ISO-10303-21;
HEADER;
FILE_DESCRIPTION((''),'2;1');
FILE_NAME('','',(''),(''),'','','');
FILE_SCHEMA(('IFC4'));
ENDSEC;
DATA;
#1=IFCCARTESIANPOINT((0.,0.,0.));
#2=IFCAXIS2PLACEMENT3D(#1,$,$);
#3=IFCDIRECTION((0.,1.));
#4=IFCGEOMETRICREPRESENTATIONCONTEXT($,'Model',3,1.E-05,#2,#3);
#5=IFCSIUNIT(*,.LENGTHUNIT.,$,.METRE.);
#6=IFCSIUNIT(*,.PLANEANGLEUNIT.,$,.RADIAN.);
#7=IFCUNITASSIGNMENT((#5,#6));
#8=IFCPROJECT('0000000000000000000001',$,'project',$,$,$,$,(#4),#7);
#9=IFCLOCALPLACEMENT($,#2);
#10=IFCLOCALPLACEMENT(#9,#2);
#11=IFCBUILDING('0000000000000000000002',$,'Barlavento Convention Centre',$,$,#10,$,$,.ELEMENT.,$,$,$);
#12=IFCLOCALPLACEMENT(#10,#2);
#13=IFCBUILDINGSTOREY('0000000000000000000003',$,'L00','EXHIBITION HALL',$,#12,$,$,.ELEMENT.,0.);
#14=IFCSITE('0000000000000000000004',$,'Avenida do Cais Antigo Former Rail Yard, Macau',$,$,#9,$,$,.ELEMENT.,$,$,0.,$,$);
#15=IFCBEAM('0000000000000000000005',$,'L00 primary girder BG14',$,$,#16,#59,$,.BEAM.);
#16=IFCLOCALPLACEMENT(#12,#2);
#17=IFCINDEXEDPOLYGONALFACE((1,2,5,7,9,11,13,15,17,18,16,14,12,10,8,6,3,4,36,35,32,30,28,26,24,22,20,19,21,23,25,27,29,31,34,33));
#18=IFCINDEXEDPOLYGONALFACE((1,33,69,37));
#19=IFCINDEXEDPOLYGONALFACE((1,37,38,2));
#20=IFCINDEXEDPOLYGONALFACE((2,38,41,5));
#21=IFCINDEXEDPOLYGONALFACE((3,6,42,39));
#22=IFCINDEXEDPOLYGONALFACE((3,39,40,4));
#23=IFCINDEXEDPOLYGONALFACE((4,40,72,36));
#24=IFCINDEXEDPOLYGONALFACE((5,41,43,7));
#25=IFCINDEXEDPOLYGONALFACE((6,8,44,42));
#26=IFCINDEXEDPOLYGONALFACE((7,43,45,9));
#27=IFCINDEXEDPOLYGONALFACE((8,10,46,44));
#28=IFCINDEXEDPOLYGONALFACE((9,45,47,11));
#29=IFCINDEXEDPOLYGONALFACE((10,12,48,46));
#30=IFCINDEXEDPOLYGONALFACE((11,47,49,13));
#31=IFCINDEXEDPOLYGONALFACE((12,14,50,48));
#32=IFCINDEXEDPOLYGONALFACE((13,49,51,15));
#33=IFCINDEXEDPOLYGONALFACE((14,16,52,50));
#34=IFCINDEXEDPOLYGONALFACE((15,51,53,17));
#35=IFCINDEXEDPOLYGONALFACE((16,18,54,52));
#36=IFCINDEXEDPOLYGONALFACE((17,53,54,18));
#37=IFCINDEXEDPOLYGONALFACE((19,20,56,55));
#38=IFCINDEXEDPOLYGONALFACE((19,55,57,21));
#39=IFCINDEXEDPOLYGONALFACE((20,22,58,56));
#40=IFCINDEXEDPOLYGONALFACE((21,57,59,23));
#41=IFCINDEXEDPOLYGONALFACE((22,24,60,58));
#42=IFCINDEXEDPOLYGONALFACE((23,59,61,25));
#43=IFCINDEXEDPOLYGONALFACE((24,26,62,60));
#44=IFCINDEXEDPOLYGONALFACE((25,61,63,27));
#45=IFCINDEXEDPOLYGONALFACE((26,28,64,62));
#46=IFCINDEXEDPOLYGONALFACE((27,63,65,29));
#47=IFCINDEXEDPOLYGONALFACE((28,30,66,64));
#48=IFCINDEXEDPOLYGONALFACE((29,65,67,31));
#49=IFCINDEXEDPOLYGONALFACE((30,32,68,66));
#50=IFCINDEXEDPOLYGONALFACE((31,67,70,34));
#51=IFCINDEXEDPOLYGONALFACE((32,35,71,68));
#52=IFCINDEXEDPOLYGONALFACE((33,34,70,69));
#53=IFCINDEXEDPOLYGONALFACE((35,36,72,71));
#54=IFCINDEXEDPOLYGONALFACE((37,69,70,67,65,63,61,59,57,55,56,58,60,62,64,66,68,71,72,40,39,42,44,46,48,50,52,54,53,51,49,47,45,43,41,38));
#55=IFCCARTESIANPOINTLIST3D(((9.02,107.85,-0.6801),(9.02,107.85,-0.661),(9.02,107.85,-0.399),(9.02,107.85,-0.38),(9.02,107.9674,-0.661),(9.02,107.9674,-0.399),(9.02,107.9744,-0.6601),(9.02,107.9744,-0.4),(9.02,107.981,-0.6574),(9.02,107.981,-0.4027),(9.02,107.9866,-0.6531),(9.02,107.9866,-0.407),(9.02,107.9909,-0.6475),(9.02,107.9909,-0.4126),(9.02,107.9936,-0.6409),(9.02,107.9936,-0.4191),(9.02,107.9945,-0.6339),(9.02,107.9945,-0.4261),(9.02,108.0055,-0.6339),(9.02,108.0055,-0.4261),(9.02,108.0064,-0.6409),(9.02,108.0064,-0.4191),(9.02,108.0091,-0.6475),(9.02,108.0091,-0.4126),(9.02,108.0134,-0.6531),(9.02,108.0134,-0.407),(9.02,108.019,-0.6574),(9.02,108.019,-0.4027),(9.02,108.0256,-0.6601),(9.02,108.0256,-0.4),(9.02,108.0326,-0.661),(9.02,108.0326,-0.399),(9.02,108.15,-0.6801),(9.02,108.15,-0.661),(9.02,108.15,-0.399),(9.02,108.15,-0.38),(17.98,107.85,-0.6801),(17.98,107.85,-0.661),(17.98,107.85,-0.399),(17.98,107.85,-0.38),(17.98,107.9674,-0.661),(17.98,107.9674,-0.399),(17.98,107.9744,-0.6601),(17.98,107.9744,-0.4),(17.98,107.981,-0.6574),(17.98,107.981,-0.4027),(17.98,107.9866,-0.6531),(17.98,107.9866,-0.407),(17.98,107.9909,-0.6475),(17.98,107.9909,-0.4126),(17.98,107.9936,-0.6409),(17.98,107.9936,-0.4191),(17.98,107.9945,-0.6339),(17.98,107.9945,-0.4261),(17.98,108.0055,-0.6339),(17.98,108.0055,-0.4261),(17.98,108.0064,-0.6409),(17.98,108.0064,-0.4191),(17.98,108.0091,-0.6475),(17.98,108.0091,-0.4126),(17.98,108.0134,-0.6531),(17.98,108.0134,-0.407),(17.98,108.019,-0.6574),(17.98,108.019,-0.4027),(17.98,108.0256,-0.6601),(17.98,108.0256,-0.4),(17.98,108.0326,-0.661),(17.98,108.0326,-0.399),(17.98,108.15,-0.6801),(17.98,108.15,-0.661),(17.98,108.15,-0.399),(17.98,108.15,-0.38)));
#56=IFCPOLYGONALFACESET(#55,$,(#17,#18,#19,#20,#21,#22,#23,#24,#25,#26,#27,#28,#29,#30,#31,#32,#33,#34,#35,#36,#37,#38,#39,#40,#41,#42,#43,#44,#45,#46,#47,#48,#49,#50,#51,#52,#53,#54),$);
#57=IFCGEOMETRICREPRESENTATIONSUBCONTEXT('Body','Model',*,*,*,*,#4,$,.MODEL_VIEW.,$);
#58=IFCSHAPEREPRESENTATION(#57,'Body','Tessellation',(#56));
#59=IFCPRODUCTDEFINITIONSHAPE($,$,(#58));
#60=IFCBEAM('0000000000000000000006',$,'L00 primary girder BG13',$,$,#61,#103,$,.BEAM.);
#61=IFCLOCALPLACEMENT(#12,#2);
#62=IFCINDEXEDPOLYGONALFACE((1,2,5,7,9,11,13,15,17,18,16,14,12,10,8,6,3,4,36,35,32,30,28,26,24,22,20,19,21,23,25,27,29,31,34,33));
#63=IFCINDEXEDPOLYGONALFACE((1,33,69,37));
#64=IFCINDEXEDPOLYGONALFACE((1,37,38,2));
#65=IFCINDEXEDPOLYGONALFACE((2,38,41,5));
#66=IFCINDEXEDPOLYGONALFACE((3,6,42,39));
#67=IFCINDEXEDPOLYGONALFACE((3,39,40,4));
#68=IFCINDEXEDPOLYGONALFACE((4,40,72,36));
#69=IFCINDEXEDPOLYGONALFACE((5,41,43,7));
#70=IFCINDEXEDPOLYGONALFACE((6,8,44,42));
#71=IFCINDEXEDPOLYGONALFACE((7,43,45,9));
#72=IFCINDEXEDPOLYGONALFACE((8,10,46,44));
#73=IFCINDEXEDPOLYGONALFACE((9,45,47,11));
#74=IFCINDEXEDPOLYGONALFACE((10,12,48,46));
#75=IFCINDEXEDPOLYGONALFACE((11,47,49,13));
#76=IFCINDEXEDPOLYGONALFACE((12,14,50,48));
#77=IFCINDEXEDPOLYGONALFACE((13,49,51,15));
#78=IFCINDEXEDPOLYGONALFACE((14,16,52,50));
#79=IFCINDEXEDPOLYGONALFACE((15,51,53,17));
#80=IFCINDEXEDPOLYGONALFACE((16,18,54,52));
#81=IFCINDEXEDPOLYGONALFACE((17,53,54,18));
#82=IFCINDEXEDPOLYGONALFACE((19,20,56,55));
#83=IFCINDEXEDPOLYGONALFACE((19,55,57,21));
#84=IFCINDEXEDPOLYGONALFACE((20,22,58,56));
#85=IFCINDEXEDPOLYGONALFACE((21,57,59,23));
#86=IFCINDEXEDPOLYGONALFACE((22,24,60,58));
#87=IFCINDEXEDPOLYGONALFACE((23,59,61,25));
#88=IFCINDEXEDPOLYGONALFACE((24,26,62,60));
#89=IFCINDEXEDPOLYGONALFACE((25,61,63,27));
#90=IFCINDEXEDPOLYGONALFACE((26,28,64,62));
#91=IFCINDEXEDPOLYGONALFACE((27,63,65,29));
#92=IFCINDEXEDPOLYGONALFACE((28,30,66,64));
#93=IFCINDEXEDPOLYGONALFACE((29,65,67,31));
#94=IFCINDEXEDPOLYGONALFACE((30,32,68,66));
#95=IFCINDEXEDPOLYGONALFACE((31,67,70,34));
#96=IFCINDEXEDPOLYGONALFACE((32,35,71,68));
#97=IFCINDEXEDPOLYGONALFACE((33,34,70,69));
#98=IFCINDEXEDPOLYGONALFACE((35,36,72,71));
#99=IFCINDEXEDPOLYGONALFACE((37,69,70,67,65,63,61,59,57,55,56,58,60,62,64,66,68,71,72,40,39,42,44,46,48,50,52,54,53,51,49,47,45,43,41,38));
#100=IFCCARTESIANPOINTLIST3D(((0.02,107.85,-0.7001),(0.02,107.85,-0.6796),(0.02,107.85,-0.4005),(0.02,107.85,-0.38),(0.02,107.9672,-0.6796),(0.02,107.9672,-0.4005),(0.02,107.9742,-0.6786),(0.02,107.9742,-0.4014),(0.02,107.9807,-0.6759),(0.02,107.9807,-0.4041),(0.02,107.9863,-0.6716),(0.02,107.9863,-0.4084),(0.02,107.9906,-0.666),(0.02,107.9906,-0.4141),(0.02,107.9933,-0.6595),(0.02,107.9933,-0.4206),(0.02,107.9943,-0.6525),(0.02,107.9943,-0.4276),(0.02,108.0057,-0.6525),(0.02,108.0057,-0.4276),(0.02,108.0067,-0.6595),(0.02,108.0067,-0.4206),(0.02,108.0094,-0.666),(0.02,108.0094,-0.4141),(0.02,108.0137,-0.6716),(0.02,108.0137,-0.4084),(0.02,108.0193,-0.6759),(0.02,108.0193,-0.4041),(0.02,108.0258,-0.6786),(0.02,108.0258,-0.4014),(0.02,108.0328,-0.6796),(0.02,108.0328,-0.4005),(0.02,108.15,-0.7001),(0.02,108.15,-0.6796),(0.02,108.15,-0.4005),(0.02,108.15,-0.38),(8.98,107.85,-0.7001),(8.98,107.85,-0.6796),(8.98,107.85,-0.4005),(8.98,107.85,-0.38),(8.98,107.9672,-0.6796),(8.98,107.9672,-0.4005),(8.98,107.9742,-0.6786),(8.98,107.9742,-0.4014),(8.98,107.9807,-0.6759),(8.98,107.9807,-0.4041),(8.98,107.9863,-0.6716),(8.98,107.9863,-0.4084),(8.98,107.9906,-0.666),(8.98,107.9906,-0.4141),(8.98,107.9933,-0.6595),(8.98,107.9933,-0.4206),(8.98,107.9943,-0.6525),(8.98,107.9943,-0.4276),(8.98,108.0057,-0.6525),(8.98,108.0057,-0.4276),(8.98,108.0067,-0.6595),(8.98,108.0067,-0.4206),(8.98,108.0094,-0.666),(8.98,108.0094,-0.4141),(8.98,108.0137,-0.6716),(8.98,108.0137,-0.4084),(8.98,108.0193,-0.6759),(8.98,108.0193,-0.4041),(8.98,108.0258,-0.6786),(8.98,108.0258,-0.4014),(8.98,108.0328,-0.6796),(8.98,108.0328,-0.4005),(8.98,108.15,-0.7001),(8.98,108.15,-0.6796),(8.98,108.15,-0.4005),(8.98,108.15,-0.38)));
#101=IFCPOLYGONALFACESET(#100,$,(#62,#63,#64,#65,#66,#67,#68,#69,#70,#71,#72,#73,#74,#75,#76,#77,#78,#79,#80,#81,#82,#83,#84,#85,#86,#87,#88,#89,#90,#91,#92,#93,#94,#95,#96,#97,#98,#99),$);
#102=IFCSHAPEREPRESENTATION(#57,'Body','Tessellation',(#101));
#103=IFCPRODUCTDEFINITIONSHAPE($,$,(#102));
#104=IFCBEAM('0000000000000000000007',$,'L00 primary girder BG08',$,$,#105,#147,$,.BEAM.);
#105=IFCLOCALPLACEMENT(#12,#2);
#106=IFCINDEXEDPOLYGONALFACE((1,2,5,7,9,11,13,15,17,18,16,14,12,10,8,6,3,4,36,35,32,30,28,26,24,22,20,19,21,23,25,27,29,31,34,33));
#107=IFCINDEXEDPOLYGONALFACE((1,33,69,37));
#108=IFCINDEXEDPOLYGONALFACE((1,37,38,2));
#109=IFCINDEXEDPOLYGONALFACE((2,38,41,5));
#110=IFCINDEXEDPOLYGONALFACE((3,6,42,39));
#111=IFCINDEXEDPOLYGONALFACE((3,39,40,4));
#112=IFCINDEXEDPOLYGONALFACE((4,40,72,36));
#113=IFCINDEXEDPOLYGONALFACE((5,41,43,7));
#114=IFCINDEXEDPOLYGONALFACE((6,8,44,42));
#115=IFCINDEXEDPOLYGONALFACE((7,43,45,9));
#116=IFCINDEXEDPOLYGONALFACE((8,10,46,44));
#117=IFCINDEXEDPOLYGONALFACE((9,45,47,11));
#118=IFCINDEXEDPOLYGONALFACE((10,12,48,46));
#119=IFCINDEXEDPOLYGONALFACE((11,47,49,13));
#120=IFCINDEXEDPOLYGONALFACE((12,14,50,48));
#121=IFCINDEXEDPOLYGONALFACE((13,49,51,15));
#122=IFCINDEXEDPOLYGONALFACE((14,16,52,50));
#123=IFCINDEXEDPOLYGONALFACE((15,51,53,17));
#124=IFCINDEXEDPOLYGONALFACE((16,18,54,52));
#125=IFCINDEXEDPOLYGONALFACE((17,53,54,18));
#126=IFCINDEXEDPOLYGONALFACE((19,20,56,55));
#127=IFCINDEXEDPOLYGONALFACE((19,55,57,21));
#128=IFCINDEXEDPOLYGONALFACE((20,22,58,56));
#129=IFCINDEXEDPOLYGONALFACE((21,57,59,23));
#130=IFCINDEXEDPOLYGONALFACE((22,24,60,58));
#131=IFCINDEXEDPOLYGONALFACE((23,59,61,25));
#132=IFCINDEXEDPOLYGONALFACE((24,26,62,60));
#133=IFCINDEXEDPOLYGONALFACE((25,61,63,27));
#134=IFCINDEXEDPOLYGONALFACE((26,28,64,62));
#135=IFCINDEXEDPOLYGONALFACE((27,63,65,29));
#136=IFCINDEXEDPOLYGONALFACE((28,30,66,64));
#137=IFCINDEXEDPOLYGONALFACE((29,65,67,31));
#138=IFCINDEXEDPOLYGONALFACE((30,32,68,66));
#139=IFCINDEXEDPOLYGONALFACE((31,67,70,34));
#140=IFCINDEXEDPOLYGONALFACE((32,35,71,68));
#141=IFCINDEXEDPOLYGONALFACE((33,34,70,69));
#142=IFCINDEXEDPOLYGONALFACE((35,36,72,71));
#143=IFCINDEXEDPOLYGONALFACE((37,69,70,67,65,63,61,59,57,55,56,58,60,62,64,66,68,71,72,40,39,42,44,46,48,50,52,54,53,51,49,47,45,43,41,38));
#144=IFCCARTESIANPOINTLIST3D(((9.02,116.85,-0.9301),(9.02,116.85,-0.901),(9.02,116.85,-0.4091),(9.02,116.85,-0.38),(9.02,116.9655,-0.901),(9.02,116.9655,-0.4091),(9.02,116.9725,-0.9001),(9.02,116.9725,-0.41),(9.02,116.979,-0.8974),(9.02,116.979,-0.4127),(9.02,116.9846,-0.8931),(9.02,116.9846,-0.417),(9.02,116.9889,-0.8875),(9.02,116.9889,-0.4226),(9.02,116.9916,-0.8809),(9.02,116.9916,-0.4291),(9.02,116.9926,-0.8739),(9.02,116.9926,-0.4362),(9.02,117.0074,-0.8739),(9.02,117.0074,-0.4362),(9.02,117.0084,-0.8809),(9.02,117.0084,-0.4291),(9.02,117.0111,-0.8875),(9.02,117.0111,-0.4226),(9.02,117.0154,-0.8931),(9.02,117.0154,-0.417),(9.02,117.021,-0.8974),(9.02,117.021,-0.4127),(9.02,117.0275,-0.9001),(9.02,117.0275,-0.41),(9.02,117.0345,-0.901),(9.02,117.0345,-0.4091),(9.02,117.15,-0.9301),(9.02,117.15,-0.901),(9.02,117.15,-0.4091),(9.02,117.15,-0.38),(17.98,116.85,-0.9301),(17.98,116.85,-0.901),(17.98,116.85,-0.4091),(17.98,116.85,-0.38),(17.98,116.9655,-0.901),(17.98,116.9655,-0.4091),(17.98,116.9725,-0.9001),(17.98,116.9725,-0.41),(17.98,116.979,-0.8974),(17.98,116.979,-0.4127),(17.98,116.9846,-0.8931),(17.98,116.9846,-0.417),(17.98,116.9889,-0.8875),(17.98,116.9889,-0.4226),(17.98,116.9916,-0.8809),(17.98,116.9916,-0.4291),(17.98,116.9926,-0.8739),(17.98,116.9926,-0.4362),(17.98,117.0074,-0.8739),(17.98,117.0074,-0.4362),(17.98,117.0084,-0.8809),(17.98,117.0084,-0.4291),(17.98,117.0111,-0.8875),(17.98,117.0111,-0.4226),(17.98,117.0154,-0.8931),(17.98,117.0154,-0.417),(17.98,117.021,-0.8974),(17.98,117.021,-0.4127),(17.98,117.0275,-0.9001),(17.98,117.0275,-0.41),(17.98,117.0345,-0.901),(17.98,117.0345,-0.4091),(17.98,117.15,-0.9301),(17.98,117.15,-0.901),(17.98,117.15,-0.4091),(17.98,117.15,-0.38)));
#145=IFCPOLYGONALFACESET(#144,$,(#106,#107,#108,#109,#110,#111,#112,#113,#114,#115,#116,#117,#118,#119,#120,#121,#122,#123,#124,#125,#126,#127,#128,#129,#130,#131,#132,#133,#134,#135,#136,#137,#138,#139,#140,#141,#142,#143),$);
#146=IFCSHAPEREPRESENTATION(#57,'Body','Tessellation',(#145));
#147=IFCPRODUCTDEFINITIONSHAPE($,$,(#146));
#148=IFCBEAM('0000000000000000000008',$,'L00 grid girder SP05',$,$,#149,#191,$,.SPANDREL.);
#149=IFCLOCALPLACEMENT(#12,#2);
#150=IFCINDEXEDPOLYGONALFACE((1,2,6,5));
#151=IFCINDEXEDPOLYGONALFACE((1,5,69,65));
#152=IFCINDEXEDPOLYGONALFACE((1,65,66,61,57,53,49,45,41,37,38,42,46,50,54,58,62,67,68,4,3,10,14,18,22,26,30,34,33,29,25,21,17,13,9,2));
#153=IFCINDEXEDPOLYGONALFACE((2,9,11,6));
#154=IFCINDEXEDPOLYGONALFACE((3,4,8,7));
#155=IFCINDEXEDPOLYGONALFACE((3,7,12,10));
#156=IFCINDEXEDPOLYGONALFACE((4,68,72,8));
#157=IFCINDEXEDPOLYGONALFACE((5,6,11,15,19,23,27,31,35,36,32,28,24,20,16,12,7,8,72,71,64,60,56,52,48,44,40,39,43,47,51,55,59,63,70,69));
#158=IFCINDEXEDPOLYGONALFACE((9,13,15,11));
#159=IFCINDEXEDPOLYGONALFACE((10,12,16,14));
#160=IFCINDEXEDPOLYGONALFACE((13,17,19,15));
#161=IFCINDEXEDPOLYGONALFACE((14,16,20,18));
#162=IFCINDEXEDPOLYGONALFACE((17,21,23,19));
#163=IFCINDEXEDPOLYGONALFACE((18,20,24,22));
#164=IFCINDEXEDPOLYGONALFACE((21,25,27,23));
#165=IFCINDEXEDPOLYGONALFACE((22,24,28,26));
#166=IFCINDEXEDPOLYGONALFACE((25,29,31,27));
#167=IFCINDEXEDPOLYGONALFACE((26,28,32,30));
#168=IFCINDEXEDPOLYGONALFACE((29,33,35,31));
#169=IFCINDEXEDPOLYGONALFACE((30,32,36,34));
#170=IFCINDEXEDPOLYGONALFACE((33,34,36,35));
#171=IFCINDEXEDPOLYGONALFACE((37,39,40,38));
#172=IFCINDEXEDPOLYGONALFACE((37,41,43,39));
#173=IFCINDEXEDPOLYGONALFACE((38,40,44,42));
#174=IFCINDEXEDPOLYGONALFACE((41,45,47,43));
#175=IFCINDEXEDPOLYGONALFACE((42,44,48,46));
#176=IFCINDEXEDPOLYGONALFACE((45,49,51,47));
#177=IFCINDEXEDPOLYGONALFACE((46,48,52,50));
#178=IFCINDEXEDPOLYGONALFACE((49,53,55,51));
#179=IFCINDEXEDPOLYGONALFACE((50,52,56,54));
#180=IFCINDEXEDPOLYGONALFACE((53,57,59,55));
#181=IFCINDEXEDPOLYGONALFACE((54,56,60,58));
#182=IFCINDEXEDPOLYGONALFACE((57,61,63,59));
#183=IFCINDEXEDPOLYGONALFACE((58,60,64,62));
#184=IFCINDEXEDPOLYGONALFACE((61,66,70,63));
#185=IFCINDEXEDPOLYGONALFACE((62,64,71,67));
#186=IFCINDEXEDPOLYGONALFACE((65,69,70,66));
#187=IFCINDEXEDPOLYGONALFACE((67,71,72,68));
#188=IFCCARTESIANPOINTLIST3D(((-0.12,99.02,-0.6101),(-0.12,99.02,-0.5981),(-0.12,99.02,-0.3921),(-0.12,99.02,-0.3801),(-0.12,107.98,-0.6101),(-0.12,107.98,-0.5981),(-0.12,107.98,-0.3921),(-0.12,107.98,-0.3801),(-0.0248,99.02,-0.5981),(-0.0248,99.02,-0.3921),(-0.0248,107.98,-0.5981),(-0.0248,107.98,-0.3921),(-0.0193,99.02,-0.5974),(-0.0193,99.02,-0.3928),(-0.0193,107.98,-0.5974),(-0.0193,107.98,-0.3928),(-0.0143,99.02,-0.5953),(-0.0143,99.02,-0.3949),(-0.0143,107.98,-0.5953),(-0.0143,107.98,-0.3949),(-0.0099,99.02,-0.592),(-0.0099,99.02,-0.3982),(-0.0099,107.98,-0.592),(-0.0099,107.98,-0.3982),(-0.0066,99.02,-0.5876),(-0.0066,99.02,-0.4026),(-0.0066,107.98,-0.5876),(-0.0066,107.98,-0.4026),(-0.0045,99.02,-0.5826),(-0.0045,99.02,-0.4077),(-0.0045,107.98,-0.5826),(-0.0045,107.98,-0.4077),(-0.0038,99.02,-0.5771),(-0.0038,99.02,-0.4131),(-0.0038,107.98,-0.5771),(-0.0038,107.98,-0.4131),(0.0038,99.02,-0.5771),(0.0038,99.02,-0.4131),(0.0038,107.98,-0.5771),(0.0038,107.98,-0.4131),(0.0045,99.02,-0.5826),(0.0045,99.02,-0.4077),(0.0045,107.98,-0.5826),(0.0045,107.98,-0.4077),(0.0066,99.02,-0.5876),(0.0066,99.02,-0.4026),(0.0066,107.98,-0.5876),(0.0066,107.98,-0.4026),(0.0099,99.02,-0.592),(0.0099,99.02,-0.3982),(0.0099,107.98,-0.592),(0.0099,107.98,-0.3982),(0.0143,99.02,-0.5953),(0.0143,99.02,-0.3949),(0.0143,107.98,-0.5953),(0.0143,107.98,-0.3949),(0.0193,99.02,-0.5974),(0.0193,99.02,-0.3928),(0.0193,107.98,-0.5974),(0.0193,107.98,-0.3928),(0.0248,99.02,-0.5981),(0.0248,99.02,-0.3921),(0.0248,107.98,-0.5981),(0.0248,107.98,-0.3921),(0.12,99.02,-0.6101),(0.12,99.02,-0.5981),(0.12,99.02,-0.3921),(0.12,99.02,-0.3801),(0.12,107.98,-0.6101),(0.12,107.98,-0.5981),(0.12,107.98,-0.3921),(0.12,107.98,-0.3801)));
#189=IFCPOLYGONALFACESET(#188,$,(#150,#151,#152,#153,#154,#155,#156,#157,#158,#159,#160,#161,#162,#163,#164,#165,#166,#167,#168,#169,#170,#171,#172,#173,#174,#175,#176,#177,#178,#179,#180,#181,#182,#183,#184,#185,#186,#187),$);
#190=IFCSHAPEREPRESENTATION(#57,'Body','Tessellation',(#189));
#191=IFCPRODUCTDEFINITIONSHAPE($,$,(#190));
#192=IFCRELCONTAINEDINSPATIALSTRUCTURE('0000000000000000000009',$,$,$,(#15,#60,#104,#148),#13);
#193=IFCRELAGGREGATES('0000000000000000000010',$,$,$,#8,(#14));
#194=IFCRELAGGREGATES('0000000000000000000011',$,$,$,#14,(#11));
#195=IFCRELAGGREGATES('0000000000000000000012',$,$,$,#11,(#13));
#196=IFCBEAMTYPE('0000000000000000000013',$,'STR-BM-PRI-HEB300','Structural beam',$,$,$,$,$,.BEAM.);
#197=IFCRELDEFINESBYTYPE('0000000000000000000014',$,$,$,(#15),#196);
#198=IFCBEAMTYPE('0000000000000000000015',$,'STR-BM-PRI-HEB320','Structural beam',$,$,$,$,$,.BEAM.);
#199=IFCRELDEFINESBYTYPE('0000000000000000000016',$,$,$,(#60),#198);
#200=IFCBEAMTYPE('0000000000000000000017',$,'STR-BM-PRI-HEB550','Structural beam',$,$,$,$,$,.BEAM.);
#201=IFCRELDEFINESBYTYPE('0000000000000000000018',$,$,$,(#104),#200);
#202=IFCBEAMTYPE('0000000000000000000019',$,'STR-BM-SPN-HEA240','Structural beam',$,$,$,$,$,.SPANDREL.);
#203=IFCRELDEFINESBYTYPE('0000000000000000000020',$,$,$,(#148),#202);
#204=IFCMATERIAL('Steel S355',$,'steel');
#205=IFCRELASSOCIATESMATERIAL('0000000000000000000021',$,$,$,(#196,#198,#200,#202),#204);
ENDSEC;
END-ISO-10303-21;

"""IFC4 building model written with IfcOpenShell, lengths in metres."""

from ifc_helpers import new_model, si_unit, direction, frame, origin, origin_2d, place, context, subcontext, project, spatial, i_section, extrude, material, material_profile, profile_set, type_object, element, save


model = new_model("IFC4")

# Units and contexts
model_context = context("Model", 3, precision=1e-05, world=origin(), true_north=direction((0.0, 1.0)))
body_context = subcontext(model_context, "Body", "Model", "MODEL_VIEW")
ifc_project = project(units=[si_unit("LENGTHUNIT", "METRE"), si_unit("PLANEANGLEUNIT", "RADIAN")], contexts=[model_context])

# Site, building, storey
site_placement = place(None, origin())
site = spatial("IfcSite", under=ifc_project, at=site_placement, Name="Avenida do Cais Antigo Former Rail Yard, Macau", CompositionType="ELEMENT", RefElevation=0.0)
building_placement = place(site_placement, origin())
building = spatial("IfcBuilding", under=site, at=building_placement, Name="Barlavento Convention Centre", CompositionType="ELEMENT")
storey_placement = place(building_placement, origin())
storey = spatial("IfcBuildingStorey", under=building, at=storey_placement, Name="L00", Description="EXHIBITION HALL", CompositionType="ELEMENT", Elevation=0.0)

# Beams
ifc_material_1 = material(Name="Steel S355", Category="steel")
ifc_material_profile_1 = material_profile(ifc_material_1, i_section(OverallWidth=0.3, OverallDepth=0.3, WebThickness=0.011, FlangeThickness=0.019, FilletRadius=0.0271, at=origin_2d()), Name="HEB 300")
ifc_profile_set_1 = profile_set([ifc_material_profile_1], Name="Steel S355")
beam_type_1 = type_object("IfcBeamType", Name="STR-BM-PRI-HEB300", Description="Structural beam", PredefinedType="BEAM", material=ifc_profile_set_1)
beam_1_placement = place(storey_placement, frame((9.02, 108.0, -0.53), z_axis=(1.0, 0.0, 0.0), x_axis=(0.0, 1.0, 0.0)))
element("IfcBeam", 1, at=beam_1_placement, inside=storey, type_object=beam_type_1, Name="L00 primary girder BG14", PredefinedType="BEAM", context=body_context, shape_type="SweptSolid", body=[
    extrude(i_section(OverallWidth=0.3, OverallDepth=0.3, WebThickness=0.011, FlangeThickness=0.019, FilletRadius=0.0271, at=origin_2d()), origin(), (0.0, 0.0, 1.0), 8.96),
])
ifc_material_profile_2 = material_profile(ifc_material_1, i_section(OverallWidth=0.3, OverallDepth=0.3201, WebThickness=0.0115, FlangeThickness=0.0205, FilletRadius=0.0271, at=origin_2d()), Name="HEB 320")
ifc_profile_set_2 = profile_set([ifc_material_profile_2], Name="Steel S355")
beam_type_2 = type_object("IfcBeamType", Name="STR-BM-PRI-HEB320", Description="Structural beam", PredefinedType="BEAM", material=ifc_profile_set_2)
beam_2_placement = place(storey_placement, frame((0.02, 108.0, -0.54), z_axis=(1.0, 0.0, 0.0), x_axis=(0.0, 1.0, 0.0)))
element("IfcBeam", 2, at=beam_2_placement, inside=storey, type_object=beam_type_2, Name="L00 primary girder BG13", PredefinedType="BEAM", context=body_context, shape_type="SweptSolid", body=[
    extrude(i_section(OverallWidth=0.3, OverallDepth=0.3201, WebThickness=0.0115, FlangeThickness=0.0205, FilletRadius=0.0271, at=origin_2d()), origin(), (0.0, 0.0, 1.0), 8.96),
])
ifc_material_profile_3 = material_profile(ifc_material_1, i_section(OverallWidth=0.3, OverallDepth=0.55, WebThickness=0.0149, FlangeThickness=0.0291, FilletRadius=0.0271, at=origin_2d()), Name="HEB 550")
ifc_profile_set_3 = profile_set([ifc_material_profile_3], Name="Steel S355")
beam_type_3 = type_object("IfcBeamType", Name="STR-BM-PRI-HEB550", Description="Structural beam", PredefinedType="BEAM", material=ifc_profile_set_3)
beam_3_placement = place(storey_placement, frame((9.02, 117.0, -0.655), z_axis=(1.0, 0.0, 0.0), x_axis=(0.0, 1.0, 0.0)))
element("IfcBeam", 3, at=beam_3_placement, inside=storey, type_object=beam_type_3, Name="L00 primary girder BG08", PredefinedType="BEAM", context=body_context, shape_type="SweptSolid", body=[
    extrude(i_section(OverallWidth=0.3, OverallDepth=0.55, WebThickness=0.0149, FlangeThickness=0.0291, FilletRadius=0.0271, at=origin_2d()), origin(), (0.0, 0.0, 1.0), 8.96),
])
ifc_material_profile_4 = material_profile(ifc_material_1, i_section(OverallWidth=0.24, OverallDepth=0.23, WebThickness=0.0076, FlangeThickness=0.012, FilletRadius=0.021, at=origin_2d()), Name="HEA 240")
ifc_profile_set_4 = profile_set([ifc_material_profile_4], Name="Steel S355")
beam_type_4 = type_object("IfcBeamType", Name="STR-BM-SPN-HEA240", Description="Structural beam", PredefinedType="SPANDREL", material=ifc_profile_set_4)
beam_4_placement = place(storey_placement, frame((0.0, 99.02, -0.4951), z_axis=(0.0, 1.0, 0.0), x_axis=(-1.0, 0.0, 0.0)))
element("IfcBeam", 4, at=beam_4_placement, inside=storey, type_object=beam_type_4, Name="L00 grid girder SP05", PredefinedType="SPANDREL", context=body_context, shape_type="SweptSolid", body=[
    extrude(i_section(OverallWidth=0.24, OverallDepth=0.23, WebThickness=0.0076, FlangeThickness=0.012, FilletRadius=0.021, at=origin_2d()), origin(), (0.0, 0.0, 1.0), 8.96),
])

save(model, "model.ifc")
